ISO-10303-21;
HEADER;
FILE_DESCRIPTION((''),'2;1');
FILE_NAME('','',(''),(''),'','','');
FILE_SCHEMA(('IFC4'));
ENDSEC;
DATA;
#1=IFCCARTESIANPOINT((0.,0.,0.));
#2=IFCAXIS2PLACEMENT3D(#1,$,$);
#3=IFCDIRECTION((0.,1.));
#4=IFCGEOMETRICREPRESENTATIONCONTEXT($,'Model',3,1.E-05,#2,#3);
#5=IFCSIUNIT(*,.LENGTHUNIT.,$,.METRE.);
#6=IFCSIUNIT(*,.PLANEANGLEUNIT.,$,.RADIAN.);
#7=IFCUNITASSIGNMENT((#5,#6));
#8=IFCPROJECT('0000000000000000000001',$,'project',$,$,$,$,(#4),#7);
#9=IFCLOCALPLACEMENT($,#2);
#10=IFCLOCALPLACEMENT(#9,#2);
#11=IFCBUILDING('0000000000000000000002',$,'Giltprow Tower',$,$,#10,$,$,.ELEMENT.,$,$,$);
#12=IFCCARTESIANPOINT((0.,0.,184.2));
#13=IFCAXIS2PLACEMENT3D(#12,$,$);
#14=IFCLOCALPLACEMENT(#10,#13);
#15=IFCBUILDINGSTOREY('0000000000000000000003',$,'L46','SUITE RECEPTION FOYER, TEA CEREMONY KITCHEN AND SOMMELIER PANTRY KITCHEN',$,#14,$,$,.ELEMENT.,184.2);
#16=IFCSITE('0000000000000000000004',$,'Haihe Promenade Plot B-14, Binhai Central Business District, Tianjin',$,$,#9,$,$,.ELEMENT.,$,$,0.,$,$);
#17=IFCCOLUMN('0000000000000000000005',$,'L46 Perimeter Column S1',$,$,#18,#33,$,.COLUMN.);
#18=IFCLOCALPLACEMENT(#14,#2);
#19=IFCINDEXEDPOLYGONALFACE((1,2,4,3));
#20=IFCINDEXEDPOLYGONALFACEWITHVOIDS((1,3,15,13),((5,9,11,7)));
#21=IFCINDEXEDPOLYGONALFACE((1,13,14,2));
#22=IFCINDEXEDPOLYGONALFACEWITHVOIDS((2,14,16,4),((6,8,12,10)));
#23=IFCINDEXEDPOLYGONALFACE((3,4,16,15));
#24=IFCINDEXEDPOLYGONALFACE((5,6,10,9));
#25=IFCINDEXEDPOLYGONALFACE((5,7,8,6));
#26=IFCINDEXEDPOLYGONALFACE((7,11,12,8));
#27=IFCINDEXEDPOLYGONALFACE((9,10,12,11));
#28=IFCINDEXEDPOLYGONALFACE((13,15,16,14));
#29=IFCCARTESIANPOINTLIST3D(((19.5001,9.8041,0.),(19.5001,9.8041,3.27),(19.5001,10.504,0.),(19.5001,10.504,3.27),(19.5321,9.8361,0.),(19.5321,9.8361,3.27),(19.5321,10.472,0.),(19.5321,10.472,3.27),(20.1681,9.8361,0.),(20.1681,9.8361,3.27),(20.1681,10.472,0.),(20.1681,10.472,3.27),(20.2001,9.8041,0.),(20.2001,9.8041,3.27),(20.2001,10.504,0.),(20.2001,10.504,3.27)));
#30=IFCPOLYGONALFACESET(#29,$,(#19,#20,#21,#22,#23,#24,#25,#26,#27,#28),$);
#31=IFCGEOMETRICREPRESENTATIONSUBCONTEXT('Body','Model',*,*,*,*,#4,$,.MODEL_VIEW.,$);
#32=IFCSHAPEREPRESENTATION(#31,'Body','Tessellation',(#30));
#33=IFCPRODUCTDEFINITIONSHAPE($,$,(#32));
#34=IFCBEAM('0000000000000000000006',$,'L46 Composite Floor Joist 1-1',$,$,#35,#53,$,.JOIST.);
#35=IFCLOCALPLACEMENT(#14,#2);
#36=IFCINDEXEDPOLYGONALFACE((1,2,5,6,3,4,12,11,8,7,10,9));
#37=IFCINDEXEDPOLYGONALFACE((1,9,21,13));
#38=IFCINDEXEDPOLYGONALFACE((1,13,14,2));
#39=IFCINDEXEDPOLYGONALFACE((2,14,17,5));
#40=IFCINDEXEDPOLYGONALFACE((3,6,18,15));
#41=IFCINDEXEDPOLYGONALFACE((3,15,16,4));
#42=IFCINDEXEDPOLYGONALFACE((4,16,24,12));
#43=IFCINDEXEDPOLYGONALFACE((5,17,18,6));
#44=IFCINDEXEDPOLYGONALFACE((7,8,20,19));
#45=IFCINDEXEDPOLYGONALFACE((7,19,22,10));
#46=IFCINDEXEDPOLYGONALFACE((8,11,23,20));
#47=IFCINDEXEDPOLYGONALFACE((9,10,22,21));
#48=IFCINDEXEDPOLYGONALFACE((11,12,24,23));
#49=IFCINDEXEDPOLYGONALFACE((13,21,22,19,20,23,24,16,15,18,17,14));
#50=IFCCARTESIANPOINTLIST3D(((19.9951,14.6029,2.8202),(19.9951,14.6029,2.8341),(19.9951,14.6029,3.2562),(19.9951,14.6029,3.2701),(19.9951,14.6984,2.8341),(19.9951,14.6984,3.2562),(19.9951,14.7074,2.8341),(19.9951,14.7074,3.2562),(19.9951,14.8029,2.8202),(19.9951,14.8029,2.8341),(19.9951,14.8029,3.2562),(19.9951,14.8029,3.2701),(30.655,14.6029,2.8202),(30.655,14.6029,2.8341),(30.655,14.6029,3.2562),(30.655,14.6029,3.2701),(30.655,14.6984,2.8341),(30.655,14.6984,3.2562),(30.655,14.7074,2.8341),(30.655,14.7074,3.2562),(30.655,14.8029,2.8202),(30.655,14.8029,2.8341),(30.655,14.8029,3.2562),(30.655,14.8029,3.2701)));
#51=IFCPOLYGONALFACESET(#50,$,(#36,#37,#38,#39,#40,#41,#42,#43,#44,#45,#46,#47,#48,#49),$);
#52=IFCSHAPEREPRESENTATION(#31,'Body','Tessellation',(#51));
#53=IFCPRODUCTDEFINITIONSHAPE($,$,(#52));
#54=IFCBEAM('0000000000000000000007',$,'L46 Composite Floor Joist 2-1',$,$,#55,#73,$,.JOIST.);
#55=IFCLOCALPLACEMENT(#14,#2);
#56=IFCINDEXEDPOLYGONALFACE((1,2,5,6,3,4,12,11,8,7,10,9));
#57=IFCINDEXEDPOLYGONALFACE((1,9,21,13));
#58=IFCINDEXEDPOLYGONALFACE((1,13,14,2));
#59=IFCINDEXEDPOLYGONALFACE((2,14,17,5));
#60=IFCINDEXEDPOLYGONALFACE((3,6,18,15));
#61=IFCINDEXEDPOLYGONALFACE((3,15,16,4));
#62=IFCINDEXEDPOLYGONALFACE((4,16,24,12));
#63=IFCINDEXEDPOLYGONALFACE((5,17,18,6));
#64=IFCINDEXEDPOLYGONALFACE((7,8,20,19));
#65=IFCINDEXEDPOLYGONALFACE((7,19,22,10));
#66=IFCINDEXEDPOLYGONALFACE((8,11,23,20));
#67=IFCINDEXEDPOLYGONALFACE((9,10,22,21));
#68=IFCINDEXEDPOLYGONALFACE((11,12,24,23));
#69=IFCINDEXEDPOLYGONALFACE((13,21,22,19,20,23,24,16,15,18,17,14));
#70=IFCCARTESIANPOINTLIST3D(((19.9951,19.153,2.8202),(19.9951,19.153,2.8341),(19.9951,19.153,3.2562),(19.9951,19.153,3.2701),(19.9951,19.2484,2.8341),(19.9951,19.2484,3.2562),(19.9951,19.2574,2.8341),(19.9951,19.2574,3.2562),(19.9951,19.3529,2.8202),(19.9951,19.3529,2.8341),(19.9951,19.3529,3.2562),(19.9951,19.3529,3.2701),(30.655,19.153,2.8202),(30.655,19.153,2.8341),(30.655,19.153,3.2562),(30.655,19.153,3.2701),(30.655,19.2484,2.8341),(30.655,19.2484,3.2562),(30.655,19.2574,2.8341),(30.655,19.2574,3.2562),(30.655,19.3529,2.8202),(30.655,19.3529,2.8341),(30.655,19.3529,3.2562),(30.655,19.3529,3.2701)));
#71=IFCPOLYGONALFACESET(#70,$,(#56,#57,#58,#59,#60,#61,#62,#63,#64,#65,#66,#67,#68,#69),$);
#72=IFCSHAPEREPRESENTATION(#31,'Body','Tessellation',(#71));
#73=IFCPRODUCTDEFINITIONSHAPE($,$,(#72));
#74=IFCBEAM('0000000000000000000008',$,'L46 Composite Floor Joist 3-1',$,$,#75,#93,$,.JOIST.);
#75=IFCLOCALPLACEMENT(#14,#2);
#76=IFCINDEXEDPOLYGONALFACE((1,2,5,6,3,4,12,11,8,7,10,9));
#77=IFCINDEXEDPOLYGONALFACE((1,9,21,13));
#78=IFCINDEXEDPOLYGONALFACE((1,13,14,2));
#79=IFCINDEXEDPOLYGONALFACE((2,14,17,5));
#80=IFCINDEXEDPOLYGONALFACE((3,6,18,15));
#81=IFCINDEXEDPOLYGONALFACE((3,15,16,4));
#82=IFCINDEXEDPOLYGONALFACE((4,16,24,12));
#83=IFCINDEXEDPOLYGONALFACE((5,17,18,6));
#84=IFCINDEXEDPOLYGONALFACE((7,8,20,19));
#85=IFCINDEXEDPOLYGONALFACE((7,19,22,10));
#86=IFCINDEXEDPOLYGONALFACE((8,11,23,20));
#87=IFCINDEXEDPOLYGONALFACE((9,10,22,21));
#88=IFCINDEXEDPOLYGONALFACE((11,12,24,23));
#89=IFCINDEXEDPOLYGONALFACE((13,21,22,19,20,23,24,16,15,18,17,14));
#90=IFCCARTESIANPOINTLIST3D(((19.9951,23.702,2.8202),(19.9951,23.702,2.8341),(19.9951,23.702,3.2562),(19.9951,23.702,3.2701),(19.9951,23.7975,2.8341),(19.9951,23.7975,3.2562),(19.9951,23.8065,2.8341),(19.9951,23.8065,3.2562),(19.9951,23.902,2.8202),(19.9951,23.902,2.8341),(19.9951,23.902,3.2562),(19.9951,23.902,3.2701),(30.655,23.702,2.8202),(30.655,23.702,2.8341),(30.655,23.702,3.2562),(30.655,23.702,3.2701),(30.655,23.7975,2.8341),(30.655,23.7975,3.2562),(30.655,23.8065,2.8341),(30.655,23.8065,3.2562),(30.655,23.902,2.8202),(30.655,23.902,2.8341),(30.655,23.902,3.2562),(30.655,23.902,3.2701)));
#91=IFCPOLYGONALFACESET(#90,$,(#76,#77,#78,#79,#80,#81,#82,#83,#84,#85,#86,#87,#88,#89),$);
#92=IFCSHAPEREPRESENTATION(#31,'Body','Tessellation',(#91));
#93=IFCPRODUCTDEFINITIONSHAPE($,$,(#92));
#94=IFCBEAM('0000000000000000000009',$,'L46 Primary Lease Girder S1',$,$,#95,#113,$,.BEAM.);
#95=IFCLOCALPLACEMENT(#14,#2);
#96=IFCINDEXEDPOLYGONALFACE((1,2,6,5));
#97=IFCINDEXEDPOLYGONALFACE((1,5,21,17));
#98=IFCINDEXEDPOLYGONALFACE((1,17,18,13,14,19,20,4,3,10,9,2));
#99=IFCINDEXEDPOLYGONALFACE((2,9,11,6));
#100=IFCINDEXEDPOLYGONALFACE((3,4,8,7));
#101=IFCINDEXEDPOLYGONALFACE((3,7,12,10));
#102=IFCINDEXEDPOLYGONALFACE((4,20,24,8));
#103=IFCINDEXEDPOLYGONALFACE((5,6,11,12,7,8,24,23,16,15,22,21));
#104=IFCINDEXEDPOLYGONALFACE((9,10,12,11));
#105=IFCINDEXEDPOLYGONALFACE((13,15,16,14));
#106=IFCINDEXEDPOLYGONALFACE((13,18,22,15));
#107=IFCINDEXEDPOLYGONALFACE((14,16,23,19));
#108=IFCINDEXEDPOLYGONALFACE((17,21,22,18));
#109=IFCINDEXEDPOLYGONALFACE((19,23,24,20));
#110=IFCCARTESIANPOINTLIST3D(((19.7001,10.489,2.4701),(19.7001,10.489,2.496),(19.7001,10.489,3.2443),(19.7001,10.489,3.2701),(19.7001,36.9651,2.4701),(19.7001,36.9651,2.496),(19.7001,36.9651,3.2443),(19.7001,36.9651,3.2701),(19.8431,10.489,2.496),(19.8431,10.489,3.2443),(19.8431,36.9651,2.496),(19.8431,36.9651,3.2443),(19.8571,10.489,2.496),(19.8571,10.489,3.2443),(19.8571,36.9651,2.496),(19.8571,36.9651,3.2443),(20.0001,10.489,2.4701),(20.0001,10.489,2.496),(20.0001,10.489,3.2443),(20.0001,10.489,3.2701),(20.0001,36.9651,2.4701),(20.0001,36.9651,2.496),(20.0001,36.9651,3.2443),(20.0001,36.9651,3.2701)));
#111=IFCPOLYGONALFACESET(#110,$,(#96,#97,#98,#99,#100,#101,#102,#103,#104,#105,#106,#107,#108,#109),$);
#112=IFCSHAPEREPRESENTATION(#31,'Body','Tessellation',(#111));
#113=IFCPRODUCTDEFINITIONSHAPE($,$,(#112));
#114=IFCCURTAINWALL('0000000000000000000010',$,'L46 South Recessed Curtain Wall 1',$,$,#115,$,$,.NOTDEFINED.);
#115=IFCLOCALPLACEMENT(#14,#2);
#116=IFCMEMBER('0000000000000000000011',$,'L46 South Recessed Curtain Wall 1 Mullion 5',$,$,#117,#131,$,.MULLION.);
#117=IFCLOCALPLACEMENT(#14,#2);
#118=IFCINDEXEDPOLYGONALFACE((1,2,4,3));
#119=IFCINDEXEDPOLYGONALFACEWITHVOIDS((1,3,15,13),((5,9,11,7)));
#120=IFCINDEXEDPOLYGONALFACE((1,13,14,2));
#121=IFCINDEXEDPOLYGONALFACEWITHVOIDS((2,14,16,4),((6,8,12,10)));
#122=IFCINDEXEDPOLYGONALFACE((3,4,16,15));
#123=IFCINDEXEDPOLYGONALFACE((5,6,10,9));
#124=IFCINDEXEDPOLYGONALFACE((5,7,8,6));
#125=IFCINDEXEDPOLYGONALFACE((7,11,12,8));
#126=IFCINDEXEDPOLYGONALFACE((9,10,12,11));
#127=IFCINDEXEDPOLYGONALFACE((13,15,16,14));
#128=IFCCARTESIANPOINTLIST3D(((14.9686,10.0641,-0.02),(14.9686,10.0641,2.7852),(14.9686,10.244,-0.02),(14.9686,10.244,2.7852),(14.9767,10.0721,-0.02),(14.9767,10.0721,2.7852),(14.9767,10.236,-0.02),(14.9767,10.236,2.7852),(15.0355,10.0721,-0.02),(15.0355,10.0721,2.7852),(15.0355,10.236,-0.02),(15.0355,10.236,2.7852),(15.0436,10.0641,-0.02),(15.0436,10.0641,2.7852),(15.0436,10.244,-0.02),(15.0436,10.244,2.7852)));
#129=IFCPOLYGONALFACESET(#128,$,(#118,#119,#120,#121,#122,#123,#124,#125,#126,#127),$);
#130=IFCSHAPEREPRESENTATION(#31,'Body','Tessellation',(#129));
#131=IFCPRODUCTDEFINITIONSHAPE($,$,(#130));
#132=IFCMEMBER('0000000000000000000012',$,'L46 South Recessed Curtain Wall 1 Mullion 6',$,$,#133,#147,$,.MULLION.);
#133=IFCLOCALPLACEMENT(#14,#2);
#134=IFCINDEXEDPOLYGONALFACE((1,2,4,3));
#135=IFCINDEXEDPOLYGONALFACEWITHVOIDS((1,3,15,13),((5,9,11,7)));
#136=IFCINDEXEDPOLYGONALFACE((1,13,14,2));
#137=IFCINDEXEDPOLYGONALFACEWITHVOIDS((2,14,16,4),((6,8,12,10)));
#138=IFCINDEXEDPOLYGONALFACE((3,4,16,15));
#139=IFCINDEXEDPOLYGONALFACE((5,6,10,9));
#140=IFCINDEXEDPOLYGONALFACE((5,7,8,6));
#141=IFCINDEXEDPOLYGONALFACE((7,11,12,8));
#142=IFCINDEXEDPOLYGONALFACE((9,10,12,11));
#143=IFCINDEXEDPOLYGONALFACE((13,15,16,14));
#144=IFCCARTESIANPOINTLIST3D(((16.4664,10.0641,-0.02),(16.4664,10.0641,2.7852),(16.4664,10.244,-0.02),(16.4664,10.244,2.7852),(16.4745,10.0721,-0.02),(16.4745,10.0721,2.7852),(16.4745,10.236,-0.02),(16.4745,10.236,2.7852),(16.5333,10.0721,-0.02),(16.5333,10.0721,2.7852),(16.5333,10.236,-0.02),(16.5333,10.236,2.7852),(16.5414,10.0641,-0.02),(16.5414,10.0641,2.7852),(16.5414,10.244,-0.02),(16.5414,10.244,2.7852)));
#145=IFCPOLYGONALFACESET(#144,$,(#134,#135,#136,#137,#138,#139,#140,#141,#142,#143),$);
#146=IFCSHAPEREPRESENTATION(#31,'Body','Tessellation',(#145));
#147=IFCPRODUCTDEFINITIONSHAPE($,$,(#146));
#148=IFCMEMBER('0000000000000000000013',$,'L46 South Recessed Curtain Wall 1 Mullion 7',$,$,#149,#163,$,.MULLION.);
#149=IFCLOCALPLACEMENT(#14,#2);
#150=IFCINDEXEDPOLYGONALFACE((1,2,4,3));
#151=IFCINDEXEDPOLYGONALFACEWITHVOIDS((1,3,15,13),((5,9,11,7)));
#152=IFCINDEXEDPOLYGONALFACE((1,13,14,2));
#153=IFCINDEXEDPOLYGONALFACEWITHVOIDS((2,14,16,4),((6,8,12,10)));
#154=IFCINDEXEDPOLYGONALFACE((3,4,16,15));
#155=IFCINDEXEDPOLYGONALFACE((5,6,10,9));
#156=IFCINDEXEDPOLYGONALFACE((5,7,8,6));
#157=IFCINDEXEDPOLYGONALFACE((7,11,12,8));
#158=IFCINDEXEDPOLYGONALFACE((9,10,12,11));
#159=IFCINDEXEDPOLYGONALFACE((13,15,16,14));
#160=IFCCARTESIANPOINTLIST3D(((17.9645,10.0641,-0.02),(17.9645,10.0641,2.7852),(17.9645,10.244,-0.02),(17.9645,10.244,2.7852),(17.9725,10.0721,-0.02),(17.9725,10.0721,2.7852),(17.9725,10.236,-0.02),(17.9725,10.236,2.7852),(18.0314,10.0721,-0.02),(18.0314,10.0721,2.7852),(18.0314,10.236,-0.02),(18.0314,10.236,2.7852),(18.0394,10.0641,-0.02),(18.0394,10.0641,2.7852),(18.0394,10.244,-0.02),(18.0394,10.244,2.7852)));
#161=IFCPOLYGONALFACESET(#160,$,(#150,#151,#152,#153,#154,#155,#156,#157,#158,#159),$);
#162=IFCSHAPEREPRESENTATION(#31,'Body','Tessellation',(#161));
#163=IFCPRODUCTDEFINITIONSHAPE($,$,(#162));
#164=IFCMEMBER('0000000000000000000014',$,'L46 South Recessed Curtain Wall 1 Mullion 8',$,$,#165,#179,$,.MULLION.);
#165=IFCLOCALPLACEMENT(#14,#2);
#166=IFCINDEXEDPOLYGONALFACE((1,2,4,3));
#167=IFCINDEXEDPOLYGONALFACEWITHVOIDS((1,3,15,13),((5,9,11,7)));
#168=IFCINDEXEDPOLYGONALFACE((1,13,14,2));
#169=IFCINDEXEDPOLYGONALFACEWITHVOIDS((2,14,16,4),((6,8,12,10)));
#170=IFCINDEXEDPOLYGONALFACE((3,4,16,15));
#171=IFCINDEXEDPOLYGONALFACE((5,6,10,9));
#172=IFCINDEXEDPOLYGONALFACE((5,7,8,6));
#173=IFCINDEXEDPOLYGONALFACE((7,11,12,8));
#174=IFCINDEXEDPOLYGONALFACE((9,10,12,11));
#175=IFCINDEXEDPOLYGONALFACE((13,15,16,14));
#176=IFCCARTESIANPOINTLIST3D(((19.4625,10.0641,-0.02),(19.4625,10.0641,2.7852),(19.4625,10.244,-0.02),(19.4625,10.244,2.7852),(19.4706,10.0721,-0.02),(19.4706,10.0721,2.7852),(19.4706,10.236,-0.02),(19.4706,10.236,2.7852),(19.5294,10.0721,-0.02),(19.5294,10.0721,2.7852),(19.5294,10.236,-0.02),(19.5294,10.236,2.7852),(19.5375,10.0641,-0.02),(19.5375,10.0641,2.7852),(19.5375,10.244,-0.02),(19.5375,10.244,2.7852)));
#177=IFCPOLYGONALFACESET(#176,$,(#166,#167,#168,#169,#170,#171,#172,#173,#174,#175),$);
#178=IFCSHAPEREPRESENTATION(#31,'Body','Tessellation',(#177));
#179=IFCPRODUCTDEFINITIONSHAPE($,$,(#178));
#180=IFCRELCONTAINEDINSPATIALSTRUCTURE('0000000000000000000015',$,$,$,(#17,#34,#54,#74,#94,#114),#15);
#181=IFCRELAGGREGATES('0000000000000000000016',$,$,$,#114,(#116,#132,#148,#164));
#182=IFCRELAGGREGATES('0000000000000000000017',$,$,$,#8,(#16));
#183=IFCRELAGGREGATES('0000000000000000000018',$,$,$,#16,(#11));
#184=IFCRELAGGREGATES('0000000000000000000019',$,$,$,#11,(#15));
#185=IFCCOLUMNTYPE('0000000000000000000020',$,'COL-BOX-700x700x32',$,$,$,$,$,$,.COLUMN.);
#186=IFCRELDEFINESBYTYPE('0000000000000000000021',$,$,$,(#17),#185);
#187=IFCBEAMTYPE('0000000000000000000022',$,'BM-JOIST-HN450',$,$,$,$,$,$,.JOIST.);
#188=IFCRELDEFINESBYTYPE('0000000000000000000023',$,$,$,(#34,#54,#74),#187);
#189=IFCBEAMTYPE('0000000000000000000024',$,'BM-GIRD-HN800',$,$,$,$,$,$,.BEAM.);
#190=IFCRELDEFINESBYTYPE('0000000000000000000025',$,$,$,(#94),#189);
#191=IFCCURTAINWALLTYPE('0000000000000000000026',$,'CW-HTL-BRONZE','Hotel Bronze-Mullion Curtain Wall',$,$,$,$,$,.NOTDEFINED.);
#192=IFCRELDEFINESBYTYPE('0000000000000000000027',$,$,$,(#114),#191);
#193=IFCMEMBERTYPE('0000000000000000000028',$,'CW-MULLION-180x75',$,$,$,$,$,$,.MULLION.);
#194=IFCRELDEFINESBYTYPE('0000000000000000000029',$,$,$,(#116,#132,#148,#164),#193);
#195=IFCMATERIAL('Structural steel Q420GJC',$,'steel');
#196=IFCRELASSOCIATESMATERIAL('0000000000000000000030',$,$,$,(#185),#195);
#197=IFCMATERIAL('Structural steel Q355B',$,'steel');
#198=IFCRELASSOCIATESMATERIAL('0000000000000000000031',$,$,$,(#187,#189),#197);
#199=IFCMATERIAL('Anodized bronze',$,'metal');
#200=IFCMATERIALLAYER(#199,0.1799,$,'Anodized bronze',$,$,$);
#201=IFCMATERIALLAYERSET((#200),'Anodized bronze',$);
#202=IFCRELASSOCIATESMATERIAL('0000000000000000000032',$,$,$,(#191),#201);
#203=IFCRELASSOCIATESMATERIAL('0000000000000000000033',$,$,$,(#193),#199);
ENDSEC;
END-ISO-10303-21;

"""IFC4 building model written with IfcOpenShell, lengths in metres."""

from ifc_helpers import new_model, si_unit, direction, frame, origin, origin_2d, place, context, subcontext, project, spatial, hollow_rectangle, i_section, extrude, source, transform, mapped, material, layer, layer_set, material_profile, profile_set, type_object, element, aggregate, save


model = new_model("IFC4")

# Units and contexts
model_context = context("Model", 3, precision=1e-05, world=origin(), true_north=direction((0.0, 1.0)))
body_context = subcontext(model_context, "Body", "Model", "MODEL_VIEW")
ifc_project = project(units=[si_unit("LENGTHUNIT", "METRE"), si_unit("PLANEANGLEUNIT", "RADIAN")], contexts=[model_context])

# Site, building, storey
site_placement = place(None, origin())
site = spatial("IfcSite", under=ifc_project, at=site_placement, Name="Haihe Promenade Plot B-14, Binhai Central Business District, Tianjin", CompositionType="ELEMENT", RefElevation=0.0)
building_placement = place(site_placement, origin())
building = spatial("IfcBuilding", under=site, at=building_placement, Name="Giltprow Tower", CompositionType="ELEMENT")
storey_placement = place(building_placement, frame((0.0, 0.0, 184.2)))
storey = spatial("IfcBuildingStorey", under=building, at=storey_placement, Name="L46", Description="SUITE RECEPTION FOYER, TEA CEREMONY KITCHEN AND SOMMELIER PANTRY KITCHEN", CompositionType="ELEMENT", Elevation=184.2)

# Column
ifc_material_1 = material(Name="Structural steel Q420GJC", Category="steel")
ifc_material_profile_1 = material_profile(ifc_material_1, hollow_rectangle(XDim=0.7, YDim=0.7, WallThickness=0.032, at=origin_2d()), Name="BOX 700x700x32")
ifc_profile_set_1 = profile_set([ifc_material_profile_1], Name="Structural steel Q420GJC")
column_type = type_object("IfcColumnType", Name="COL-BOX-700x700x32", PredefinedType="COLUMN", material=ifc_profile_set_1)
shared_shape_1 = source(origin(), body_context, "Body", "SweptSolid", [
    extrude(hollow_rectangle(XDim=0.7, YDim=0.7, WallThickness=0.032, at=origin_2d()), origin(), (0.0, 0.0, 1.0), 3.27),
])
column_placement = place(storey_placement, frame((19.8501, 10.1541, 0.0), z_axis=(0.0, 0.0, 1.0), x_axis=(1.0, 0.0, 0.0)))
element("IfcColumn", 1, at=column_placement, inside=storey, type_object=column_type, Name="L46 Perimeter Column S1", PredefinedType="COLUMN", context=body_context, shape_type="MappedRepresentation", body=[
    mapped(shared_shape_1, transform((0.0, 0.0, 0.0), x_axis=(1.0, 0.0, 0.0), y_axis=(0.0, 1.0, 0.0), z_axis=(0.0, 0.0, 1.0), scale=1.0)),
])

# Beams
ifc_material_2 = material(Name="Structural steel Q355B", Category="steel")
ifc_material_profile_2 = material_profile(ifc_material_2, i_section(OverallWidth=0.2, OverallDepth=0.45, WebThickness=0.009, FlangeThickness=0.0139, at=origin_2d()), Name="HN 450x200x9x14")
ifc_profile_set_2 = profile_set([ifc_material_profile_2], Name="Structural steel Q355B")
beam_type_1 = type_object("IfcBeamType", Name="BM-JOIST-HN450", PredefinedType="JOIST", material=ifc_profile_set_2)
shared_shape_2 = source(origin(), body_context, "Body", "SweptSolid", [
    extrude(i_section(OverallWidth=0.2, OverallDepth=0.45, WebThickness=0.009, FlangeThickness=0.0139, at=origin_2d()), origin(), (0.0, 0.0, 1.0), 10.6599),
])
for number, where, z_axis, x_axis, name in (
    (2, (19.9951, 14.7029, 3.0452), (1.0, 0.0, 0.0), (0.0, 1.0, 0.0), "L46 Composite Floor Joist 1-1"),
    (3, (19.9951, 19.2529, 3.0452), (1.0, 0.0, 0.0), (0.0, 1.0, 0.0), "L46 Composite Floor Joist 2-1"),
    (4, (19.9951, 23.802, 3.0452), (1.0, 0.0, 0.0), (0.0, 1.0, 0.0), "L46 Composite Floor Joist 3-1"),
):
    element("IfcBeam", number, at=place(storey_placement, frame(where, z_axis=z_axis, x_axis=x_axis)), inside=storey, type_object=beam_type_1, Name=name, PredefinedType="JOIST", context=body_context, shape_type="MappedRepresentation", body=[
        mapped(shared_shape_2, transform((0.0, 0.0, 0.0), x_axis=(1.0, 0.0, 0.0), y_axis=(0.0, 1.0, 0.0), z_axis=(0.0, 0.0, 1.0), scale=1.0)),
    ])
ifc_material_profile_3 = material_profile(ifc_material_2, i_section(OverallWidth=0.3, OverallDepth=0.8, WebThickness=0.0139, FlangeThickness=0.0259, at=origin_2d()), Name="HN 800x300x14x26")
ifc_profile_set_3 = profile_set([ifc_material_profile_3], Name="Structural steel Q355B")
beam_type_2 = type_object("IfcBeamType", Name="BM-GIRD-HN800", PredefinedType="BEAM", material=ifc_profile_set_3)
shared_shape_3 = source(origin(), body_context, "Body", "SweptSolid", [
    extrude(i_section(OverallWidth=0.3, OverallDepth=0.8, WebThickness=0.0139, FlangeThickness=0.0259, at=origin_2d()), origin(), (0.0, 0.0, 1.0), 26.4761),
])
beam_placement = place(storey_placement, frame((19.8501, 10.489, 2.8701), z_axis=(0.0, 1.0, 0.0), x_axis=(-1.0, 0.0, 0.0)))
element("IfcBeam", 5, at=beam_placement, inside=storey, type_object=beam_type_2, Name="L46 Primary Lease Girder S1", PredefinedType="BEAM", context=body_context, shape_type="MappedRepresentation", body=[
    mapped(shared_shape_3, transform((0.0, 0.0, 0.0), x_axis=(1.0, 0.0, 0.0), y_axis=(0.0, 1.0, 0.0), z_axis=(0.0, 0.0, 1.0), scale=1.0)),
])

# Curtain wall, members
ifc_material_3 = material(Name="Anodized bronze", Category="metal")
ifc_layer = layer(ifc_material_3, 0.1799, Name="Anodized bronze")
ifc_layer_set = layer_set([ifc_layer], Name="Anodized bronze")
curtain_wall_type = type_object("IfcCurtainWallType", Name="CW-HTL-BRONZE", Description="Hotel Bronze-Mullion Curtain Wall", PredefinedType="NOTDEFINED", material=ifc_layer_set)
curtain_wall_placement = place(storey_placement, origin())
curtain_wall = element("IfcCurtainWall", 6, at=curtain_wall_placement, inside=storey, type_object=curtain_wall_type, Name="L46 South Recessed Curtain Wall 1", PredefinedType="NOTDEFINED")
ifc_material_profile_4 = material_profile(ifc_material_3, hollow_rectangle(XDim=0.075, YDim=0.1799, WallThickness=0.0081, at=origin_2d()), Name="RHS 180x75x8")
ifc_profile_set_4 = profile_set([ifc_material_profile_4], Name="Anodized bronze")
member_type = type_object("IfcMemberType", Name="CW-MULLION-180x75", PredefinedType="MULLION", material=ifc_profile_set_4)
shared_shape_4 = source(origin(), body_context, "Body", "SweptSolid", [
    extrude(hollow_rectangle(XDim=0.075, YDim=0.1799, WallThickness=0.0081, at=origin_2d()), origin(), (0.0, 0.0, 1.0), 2.8052),
])
member_1_placement = place(storey_placement, frame((15.0061, 10.1541, -0.02), z_axis=(0.0, 0.0, 1.0), x_axis=(1.0, 0.0, 0.0)))
member_1 = element("IfcMember", 7, at=member_1_placement, type_object=member_type, Name="L46 South Recessed Curtain Wall 1 Mullion 5", PredefinedType="MULLION", context=body_context, shape_type="MappedRepresentation", body=[
    mapped(shared_shape_4, transform((0.0, 0.0, 0.0), x_axis=(1.0, 0.0, 0.0), y_axis=(0.0, 1.0, 0.0), z_axis=(0.0, 0.0, 1.0), scale=1.0)),
])
member_2_placement = place(storey_placement, frame((16.5039, 10.1541, -0.02), z_axis=(0.0, 0.0, 1.0), x_axis=(1.0, 0.0, 0.0)))
member_2 = element("IfcMember", 8, at=member_2_placement, type_object=member_type, Name="L46 South Recessed Curtain Wall 1 Mullion 6", PredefinedType="MULLION", context=body_context, shape_type="MappedRepresentation", body=[
    mapped(shared_shape_4, transform((0.0, 0.0, 0.0), x_axis=(1.0, 0.0, 0.0), y_axis=(0.0, 1.0, 0.0), z_axis=(0.0, 0.0, 1.0), scale=1.0)),
])
member_3_placement = place(storey_placement, frame((18.002, 10.1541, -0.02), z_axis=(0.0, 0.0, 1.0), x_axis=(1.0, 0.0, 0.0)))
member_3 = element("IfcMember", 9, at=member_3_placement, type_object=member_type, Name="L46 South Recessed Curtain Wall 1 Mullion 7", PredefinedType="MULLION", context=body_context, shape_type="MappedRepresentation", body=[
    mapped(shared_shape_4, transform((0.0, 0.0, 0.0), x_axis=(1.0, 0.0, 0.0), y_axis=(0.0, 1.0, 0.0), z_axis=(0.0, 0.0, 1.0), scale=1.0)),
])
member_4_placement = place(storey_placement, frame((19.5, 10.1541, -0.02), z_axis=(0.0, 0.0, 1.0), x_axis=(1.0, 0.0, 0.0)))
member_4 = element("IfcMember", 10, at=member_4_placement, type_object=member_type, Name="L46 South Recessed Curtain Wall 1 Mullion 8", PredefinedType="MULLION", context=body_context, shape_type="MappedRepresentation", body=[
    mapped(shared_shape_4, transform((0.0, 0.0, 0.0), x_axis=(1.0, 0.0, 0.0), y_axis=(0.0, 1.0, 0.0), z_axis=(0.0, 0.0, 1.0), scale=1.0)),
])
aggregate(curtain_wall, [member_1, member_2, member_3, member_4])

save(model, "model.ifc")
